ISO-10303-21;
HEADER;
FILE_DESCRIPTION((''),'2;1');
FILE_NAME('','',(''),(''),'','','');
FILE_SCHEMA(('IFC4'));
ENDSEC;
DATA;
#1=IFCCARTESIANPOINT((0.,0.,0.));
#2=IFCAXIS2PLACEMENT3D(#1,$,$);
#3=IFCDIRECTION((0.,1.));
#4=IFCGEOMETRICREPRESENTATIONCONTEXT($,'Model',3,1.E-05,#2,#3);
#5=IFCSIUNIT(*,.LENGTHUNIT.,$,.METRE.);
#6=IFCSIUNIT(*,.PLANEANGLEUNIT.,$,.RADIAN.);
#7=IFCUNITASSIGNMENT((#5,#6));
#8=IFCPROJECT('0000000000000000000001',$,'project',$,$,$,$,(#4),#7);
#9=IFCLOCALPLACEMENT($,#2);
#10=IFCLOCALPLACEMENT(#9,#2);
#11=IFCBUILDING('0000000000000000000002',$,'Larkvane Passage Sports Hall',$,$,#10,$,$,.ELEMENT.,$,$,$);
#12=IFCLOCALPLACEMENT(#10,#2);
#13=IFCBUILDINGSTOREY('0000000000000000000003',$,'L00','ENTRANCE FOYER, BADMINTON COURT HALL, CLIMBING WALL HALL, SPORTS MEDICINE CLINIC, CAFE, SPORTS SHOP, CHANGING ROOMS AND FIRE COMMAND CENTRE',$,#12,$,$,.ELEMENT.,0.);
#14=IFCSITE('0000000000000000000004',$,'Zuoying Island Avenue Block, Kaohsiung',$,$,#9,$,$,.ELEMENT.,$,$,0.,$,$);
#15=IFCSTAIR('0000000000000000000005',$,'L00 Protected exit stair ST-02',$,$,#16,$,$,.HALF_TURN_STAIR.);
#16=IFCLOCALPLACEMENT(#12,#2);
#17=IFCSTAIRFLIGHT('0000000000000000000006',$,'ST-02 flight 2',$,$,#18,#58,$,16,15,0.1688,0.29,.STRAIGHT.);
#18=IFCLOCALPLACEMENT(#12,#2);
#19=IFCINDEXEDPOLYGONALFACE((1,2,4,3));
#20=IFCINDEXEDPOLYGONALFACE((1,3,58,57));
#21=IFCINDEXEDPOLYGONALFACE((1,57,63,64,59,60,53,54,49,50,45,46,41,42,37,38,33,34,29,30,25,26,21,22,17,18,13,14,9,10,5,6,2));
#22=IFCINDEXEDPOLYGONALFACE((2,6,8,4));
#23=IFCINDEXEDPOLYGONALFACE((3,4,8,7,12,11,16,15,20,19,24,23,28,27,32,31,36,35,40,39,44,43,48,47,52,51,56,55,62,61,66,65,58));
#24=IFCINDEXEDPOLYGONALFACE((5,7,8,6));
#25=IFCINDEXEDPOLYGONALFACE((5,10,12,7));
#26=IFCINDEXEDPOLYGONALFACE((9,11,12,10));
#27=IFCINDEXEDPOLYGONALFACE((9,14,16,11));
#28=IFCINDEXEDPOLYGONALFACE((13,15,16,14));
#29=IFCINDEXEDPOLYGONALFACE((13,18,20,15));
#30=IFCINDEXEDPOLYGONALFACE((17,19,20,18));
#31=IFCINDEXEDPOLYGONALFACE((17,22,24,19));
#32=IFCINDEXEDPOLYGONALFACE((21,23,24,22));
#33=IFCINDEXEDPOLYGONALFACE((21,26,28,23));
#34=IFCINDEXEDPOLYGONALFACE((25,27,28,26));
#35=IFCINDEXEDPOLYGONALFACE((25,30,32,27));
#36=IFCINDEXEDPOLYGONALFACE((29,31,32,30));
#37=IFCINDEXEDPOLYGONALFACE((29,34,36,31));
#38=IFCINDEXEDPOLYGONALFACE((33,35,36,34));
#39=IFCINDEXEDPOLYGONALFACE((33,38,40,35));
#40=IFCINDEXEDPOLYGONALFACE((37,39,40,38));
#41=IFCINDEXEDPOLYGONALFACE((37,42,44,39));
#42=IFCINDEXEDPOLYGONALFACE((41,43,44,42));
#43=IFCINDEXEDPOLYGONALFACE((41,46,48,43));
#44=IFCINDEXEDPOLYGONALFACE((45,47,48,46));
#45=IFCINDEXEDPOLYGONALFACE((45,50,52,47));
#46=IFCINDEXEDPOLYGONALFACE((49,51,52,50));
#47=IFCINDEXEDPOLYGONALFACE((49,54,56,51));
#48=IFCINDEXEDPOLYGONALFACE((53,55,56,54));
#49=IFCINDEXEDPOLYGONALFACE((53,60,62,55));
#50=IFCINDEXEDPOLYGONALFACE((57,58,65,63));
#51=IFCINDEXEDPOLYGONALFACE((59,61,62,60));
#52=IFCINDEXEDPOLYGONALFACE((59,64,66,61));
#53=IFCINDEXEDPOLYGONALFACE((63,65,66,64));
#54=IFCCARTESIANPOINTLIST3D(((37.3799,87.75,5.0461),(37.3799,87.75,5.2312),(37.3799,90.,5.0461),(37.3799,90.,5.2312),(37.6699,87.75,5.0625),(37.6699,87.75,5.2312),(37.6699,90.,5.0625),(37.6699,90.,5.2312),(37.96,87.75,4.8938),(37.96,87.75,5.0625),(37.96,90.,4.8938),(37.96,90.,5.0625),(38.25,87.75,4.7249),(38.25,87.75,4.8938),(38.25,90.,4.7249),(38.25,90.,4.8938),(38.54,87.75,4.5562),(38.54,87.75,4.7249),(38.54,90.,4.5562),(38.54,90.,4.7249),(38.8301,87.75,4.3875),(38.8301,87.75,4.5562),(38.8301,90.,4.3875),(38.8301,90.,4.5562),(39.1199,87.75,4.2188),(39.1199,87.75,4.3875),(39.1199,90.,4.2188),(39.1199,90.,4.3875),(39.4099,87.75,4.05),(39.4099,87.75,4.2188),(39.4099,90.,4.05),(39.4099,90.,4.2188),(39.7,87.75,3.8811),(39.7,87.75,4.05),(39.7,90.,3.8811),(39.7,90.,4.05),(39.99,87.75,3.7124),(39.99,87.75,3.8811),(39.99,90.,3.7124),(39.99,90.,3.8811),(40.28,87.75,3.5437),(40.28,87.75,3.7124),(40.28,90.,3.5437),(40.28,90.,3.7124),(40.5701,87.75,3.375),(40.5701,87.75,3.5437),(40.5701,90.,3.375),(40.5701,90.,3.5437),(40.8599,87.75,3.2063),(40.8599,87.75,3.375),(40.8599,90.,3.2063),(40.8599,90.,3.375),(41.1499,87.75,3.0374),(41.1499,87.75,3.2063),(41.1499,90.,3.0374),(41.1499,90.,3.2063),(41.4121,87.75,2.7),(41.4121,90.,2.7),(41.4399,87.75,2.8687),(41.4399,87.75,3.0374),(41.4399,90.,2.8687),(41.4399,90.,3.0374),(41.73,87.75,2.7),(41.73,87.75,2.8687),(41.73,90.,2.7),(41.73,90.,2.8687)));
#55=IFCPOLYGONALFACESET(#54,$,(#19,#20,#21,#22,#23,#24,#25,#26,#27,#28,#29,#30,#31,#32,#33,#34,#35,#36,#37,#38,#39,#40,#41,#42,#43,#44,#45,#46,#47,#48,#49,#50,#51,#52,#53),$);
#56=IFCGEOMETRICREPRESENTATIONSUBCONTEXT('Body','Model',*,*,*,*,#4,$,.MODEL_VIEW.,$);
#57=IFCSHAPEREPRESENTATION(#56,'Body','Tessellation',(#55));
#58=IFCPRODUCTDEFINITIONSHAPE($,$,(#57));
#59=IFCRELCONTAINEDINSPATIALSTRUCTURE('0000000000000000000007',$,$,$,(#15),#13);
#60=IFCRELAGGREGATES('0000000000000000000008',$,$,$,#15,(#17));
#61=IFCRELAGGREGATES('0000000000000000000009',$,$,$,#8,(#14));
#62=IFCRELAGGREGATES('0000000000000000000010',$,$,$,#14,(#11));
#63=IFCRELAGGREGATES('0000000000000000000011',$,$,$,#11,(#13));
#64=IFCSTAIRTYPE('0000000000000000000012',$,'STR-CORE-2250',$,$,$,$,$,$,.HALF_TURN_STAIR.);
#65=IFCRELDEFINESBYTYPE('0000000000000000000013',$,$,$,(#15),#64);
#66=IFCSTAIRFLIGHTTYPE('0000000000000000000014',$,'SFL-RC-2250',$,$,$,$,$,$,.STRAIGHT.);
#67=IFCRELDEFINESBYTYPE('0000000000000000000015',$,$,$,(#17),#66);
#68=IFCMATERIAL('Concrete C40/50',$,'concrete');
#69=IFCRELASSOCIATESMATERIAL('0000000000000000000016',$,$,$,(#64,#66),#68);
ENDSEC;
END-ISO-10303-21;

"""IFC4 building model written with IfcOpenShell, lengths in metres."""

from ifc_helpers import new_model, si_unit, direction, frame, origin, place, context, subcontext, project, spatial, polyline, outline, extrude, material, type_object, element, aggregate, save


model = new_model("IFC4")

# Units and contexts
model_context = context("Model", 3, precision=1e-05, world=origin(), true_north=direction((0.0, 1.0)))
body_context = subcontext(model_context, "Body", "Model", "MODEL_VIEW")
ifc_project = project(units=[si_unit("LENGTHUNIT", "METRE"), si_unit("PLANEANGLEUNIT", "RADIAN")], contexts=[model_context])

# Site, building, storey
site_placement = place(None, origin())
site = spatial("IfcSite", under=ifc_project, at=site_placement, Name="Zuoying Island Avenue Block, Kaohsiung", CompositionType="ELEMENT", RefElevation=0.0)
building_placement = place(site_placement, origin())
building = spatial("IfcBuilding", under=site, at=building_placement, Name="Larkvane Passage Sports Hall", CompositionType="ELEMENT")
storey_placement = place(building_placement, origin())
storey = spatial("IfcBuildingStorey", under=building, at=storey_placement, Name="L00", Description="ENTRANCE FOYER, BADMINTON COURT HALL, CLIMBING WALL HALL, SPORTS MEDICINE CLINIC, CAFE, SPORTS SHOP, CHANGING ROOMS AND FIRE COMMAND CENTRE", CompositionType="ELEMENT", Elevation=0.0)

# Shared definitions
ifc_material_1 = material(Name="Concrete C40/50", Category="concrete")

# Stair, stair flight
stair_type = type_object("IfcStairType", Name="STR-CORE-2250", PredefinedType="HALF_TURN_STAIR", material=ifc_material_1)
stair_placement = place(storey_placement, origin())
stair = element("IfcStair", 1, at=stair_placement, inside=storey, type_object=stair_type, Name="L00 Protected exit stair ST-02", PredefinedType="HALF_TURN_STAIR")
stair_flight_type = type_object("IfcStairFlightType", Name="SFL-RC-2250", PredefinedType="STRAIGHT", material=ifc_material_1)
stair_flight_1_placement = place(storey_placement, frame((41.73, 88.875, 2.7), z_axis=(0.0, 0.0, 1.0), x_axis=(-1.0, 0.0, 0.0)))
stair_flight_1 = element("IfcStairFlight", 2, at=stair_flight_1_placement, type_object=stair_flight_type, Name="ST-02 flight 2", NumberOfRisers=16, NumberOfTreads=15, PredefinedType="STRAIGHT", RiserHeight=0.1688, TreadLength=0.29, context=body_context, shape_type="SweptSolid", body=[
    extrude(outline(polyline([(0.0, 0.0), (0.0, 0.1687), (0.29, 0.1687), (0.29, 0.3374), (0.5801, 0.3374), (0.5801, 0.5063), (0.8701, 0.5063), (0.8701, 0.675), (1.1599, 0.675), (1.1599, 0.8438), (1.45, 0.8438), (1.45, 1.0125), (1.74, 1.0125), (1.74, 1.1812), (2.03, 1.1812), (2.03, 1.3501), (2.3201, 1.3501), (2.3201, 1.5188), (2.6101, 1.5188), (2.6101, 1.6875), (2.8999, 1.6875), (2.8999, 1.8562), (3.1899, 1.8562), (3.1899, 2.0249), (3.48, 2.0249), (3.48, 2.1938), (3.77, 2.1938), (3.77, 2.3625), (4.0601, 2.3625), (4.0601, 2.5312), (4.3501, 2.5312), (4.3501, 2.7), (4.3501, 2.3462), (0.3179, 0.0), (0.0, 0.0)])), frame((0.0, 1.125, 0.0), z_axis=(0.0, -1.0, 0.0), x_axis=(1.0, 0.0, 0.0)), (0.0, 0.0, 1.0), 2.25),
])
aggregate(stair, [stair_flight_1])

save(model, "model.ifc")
